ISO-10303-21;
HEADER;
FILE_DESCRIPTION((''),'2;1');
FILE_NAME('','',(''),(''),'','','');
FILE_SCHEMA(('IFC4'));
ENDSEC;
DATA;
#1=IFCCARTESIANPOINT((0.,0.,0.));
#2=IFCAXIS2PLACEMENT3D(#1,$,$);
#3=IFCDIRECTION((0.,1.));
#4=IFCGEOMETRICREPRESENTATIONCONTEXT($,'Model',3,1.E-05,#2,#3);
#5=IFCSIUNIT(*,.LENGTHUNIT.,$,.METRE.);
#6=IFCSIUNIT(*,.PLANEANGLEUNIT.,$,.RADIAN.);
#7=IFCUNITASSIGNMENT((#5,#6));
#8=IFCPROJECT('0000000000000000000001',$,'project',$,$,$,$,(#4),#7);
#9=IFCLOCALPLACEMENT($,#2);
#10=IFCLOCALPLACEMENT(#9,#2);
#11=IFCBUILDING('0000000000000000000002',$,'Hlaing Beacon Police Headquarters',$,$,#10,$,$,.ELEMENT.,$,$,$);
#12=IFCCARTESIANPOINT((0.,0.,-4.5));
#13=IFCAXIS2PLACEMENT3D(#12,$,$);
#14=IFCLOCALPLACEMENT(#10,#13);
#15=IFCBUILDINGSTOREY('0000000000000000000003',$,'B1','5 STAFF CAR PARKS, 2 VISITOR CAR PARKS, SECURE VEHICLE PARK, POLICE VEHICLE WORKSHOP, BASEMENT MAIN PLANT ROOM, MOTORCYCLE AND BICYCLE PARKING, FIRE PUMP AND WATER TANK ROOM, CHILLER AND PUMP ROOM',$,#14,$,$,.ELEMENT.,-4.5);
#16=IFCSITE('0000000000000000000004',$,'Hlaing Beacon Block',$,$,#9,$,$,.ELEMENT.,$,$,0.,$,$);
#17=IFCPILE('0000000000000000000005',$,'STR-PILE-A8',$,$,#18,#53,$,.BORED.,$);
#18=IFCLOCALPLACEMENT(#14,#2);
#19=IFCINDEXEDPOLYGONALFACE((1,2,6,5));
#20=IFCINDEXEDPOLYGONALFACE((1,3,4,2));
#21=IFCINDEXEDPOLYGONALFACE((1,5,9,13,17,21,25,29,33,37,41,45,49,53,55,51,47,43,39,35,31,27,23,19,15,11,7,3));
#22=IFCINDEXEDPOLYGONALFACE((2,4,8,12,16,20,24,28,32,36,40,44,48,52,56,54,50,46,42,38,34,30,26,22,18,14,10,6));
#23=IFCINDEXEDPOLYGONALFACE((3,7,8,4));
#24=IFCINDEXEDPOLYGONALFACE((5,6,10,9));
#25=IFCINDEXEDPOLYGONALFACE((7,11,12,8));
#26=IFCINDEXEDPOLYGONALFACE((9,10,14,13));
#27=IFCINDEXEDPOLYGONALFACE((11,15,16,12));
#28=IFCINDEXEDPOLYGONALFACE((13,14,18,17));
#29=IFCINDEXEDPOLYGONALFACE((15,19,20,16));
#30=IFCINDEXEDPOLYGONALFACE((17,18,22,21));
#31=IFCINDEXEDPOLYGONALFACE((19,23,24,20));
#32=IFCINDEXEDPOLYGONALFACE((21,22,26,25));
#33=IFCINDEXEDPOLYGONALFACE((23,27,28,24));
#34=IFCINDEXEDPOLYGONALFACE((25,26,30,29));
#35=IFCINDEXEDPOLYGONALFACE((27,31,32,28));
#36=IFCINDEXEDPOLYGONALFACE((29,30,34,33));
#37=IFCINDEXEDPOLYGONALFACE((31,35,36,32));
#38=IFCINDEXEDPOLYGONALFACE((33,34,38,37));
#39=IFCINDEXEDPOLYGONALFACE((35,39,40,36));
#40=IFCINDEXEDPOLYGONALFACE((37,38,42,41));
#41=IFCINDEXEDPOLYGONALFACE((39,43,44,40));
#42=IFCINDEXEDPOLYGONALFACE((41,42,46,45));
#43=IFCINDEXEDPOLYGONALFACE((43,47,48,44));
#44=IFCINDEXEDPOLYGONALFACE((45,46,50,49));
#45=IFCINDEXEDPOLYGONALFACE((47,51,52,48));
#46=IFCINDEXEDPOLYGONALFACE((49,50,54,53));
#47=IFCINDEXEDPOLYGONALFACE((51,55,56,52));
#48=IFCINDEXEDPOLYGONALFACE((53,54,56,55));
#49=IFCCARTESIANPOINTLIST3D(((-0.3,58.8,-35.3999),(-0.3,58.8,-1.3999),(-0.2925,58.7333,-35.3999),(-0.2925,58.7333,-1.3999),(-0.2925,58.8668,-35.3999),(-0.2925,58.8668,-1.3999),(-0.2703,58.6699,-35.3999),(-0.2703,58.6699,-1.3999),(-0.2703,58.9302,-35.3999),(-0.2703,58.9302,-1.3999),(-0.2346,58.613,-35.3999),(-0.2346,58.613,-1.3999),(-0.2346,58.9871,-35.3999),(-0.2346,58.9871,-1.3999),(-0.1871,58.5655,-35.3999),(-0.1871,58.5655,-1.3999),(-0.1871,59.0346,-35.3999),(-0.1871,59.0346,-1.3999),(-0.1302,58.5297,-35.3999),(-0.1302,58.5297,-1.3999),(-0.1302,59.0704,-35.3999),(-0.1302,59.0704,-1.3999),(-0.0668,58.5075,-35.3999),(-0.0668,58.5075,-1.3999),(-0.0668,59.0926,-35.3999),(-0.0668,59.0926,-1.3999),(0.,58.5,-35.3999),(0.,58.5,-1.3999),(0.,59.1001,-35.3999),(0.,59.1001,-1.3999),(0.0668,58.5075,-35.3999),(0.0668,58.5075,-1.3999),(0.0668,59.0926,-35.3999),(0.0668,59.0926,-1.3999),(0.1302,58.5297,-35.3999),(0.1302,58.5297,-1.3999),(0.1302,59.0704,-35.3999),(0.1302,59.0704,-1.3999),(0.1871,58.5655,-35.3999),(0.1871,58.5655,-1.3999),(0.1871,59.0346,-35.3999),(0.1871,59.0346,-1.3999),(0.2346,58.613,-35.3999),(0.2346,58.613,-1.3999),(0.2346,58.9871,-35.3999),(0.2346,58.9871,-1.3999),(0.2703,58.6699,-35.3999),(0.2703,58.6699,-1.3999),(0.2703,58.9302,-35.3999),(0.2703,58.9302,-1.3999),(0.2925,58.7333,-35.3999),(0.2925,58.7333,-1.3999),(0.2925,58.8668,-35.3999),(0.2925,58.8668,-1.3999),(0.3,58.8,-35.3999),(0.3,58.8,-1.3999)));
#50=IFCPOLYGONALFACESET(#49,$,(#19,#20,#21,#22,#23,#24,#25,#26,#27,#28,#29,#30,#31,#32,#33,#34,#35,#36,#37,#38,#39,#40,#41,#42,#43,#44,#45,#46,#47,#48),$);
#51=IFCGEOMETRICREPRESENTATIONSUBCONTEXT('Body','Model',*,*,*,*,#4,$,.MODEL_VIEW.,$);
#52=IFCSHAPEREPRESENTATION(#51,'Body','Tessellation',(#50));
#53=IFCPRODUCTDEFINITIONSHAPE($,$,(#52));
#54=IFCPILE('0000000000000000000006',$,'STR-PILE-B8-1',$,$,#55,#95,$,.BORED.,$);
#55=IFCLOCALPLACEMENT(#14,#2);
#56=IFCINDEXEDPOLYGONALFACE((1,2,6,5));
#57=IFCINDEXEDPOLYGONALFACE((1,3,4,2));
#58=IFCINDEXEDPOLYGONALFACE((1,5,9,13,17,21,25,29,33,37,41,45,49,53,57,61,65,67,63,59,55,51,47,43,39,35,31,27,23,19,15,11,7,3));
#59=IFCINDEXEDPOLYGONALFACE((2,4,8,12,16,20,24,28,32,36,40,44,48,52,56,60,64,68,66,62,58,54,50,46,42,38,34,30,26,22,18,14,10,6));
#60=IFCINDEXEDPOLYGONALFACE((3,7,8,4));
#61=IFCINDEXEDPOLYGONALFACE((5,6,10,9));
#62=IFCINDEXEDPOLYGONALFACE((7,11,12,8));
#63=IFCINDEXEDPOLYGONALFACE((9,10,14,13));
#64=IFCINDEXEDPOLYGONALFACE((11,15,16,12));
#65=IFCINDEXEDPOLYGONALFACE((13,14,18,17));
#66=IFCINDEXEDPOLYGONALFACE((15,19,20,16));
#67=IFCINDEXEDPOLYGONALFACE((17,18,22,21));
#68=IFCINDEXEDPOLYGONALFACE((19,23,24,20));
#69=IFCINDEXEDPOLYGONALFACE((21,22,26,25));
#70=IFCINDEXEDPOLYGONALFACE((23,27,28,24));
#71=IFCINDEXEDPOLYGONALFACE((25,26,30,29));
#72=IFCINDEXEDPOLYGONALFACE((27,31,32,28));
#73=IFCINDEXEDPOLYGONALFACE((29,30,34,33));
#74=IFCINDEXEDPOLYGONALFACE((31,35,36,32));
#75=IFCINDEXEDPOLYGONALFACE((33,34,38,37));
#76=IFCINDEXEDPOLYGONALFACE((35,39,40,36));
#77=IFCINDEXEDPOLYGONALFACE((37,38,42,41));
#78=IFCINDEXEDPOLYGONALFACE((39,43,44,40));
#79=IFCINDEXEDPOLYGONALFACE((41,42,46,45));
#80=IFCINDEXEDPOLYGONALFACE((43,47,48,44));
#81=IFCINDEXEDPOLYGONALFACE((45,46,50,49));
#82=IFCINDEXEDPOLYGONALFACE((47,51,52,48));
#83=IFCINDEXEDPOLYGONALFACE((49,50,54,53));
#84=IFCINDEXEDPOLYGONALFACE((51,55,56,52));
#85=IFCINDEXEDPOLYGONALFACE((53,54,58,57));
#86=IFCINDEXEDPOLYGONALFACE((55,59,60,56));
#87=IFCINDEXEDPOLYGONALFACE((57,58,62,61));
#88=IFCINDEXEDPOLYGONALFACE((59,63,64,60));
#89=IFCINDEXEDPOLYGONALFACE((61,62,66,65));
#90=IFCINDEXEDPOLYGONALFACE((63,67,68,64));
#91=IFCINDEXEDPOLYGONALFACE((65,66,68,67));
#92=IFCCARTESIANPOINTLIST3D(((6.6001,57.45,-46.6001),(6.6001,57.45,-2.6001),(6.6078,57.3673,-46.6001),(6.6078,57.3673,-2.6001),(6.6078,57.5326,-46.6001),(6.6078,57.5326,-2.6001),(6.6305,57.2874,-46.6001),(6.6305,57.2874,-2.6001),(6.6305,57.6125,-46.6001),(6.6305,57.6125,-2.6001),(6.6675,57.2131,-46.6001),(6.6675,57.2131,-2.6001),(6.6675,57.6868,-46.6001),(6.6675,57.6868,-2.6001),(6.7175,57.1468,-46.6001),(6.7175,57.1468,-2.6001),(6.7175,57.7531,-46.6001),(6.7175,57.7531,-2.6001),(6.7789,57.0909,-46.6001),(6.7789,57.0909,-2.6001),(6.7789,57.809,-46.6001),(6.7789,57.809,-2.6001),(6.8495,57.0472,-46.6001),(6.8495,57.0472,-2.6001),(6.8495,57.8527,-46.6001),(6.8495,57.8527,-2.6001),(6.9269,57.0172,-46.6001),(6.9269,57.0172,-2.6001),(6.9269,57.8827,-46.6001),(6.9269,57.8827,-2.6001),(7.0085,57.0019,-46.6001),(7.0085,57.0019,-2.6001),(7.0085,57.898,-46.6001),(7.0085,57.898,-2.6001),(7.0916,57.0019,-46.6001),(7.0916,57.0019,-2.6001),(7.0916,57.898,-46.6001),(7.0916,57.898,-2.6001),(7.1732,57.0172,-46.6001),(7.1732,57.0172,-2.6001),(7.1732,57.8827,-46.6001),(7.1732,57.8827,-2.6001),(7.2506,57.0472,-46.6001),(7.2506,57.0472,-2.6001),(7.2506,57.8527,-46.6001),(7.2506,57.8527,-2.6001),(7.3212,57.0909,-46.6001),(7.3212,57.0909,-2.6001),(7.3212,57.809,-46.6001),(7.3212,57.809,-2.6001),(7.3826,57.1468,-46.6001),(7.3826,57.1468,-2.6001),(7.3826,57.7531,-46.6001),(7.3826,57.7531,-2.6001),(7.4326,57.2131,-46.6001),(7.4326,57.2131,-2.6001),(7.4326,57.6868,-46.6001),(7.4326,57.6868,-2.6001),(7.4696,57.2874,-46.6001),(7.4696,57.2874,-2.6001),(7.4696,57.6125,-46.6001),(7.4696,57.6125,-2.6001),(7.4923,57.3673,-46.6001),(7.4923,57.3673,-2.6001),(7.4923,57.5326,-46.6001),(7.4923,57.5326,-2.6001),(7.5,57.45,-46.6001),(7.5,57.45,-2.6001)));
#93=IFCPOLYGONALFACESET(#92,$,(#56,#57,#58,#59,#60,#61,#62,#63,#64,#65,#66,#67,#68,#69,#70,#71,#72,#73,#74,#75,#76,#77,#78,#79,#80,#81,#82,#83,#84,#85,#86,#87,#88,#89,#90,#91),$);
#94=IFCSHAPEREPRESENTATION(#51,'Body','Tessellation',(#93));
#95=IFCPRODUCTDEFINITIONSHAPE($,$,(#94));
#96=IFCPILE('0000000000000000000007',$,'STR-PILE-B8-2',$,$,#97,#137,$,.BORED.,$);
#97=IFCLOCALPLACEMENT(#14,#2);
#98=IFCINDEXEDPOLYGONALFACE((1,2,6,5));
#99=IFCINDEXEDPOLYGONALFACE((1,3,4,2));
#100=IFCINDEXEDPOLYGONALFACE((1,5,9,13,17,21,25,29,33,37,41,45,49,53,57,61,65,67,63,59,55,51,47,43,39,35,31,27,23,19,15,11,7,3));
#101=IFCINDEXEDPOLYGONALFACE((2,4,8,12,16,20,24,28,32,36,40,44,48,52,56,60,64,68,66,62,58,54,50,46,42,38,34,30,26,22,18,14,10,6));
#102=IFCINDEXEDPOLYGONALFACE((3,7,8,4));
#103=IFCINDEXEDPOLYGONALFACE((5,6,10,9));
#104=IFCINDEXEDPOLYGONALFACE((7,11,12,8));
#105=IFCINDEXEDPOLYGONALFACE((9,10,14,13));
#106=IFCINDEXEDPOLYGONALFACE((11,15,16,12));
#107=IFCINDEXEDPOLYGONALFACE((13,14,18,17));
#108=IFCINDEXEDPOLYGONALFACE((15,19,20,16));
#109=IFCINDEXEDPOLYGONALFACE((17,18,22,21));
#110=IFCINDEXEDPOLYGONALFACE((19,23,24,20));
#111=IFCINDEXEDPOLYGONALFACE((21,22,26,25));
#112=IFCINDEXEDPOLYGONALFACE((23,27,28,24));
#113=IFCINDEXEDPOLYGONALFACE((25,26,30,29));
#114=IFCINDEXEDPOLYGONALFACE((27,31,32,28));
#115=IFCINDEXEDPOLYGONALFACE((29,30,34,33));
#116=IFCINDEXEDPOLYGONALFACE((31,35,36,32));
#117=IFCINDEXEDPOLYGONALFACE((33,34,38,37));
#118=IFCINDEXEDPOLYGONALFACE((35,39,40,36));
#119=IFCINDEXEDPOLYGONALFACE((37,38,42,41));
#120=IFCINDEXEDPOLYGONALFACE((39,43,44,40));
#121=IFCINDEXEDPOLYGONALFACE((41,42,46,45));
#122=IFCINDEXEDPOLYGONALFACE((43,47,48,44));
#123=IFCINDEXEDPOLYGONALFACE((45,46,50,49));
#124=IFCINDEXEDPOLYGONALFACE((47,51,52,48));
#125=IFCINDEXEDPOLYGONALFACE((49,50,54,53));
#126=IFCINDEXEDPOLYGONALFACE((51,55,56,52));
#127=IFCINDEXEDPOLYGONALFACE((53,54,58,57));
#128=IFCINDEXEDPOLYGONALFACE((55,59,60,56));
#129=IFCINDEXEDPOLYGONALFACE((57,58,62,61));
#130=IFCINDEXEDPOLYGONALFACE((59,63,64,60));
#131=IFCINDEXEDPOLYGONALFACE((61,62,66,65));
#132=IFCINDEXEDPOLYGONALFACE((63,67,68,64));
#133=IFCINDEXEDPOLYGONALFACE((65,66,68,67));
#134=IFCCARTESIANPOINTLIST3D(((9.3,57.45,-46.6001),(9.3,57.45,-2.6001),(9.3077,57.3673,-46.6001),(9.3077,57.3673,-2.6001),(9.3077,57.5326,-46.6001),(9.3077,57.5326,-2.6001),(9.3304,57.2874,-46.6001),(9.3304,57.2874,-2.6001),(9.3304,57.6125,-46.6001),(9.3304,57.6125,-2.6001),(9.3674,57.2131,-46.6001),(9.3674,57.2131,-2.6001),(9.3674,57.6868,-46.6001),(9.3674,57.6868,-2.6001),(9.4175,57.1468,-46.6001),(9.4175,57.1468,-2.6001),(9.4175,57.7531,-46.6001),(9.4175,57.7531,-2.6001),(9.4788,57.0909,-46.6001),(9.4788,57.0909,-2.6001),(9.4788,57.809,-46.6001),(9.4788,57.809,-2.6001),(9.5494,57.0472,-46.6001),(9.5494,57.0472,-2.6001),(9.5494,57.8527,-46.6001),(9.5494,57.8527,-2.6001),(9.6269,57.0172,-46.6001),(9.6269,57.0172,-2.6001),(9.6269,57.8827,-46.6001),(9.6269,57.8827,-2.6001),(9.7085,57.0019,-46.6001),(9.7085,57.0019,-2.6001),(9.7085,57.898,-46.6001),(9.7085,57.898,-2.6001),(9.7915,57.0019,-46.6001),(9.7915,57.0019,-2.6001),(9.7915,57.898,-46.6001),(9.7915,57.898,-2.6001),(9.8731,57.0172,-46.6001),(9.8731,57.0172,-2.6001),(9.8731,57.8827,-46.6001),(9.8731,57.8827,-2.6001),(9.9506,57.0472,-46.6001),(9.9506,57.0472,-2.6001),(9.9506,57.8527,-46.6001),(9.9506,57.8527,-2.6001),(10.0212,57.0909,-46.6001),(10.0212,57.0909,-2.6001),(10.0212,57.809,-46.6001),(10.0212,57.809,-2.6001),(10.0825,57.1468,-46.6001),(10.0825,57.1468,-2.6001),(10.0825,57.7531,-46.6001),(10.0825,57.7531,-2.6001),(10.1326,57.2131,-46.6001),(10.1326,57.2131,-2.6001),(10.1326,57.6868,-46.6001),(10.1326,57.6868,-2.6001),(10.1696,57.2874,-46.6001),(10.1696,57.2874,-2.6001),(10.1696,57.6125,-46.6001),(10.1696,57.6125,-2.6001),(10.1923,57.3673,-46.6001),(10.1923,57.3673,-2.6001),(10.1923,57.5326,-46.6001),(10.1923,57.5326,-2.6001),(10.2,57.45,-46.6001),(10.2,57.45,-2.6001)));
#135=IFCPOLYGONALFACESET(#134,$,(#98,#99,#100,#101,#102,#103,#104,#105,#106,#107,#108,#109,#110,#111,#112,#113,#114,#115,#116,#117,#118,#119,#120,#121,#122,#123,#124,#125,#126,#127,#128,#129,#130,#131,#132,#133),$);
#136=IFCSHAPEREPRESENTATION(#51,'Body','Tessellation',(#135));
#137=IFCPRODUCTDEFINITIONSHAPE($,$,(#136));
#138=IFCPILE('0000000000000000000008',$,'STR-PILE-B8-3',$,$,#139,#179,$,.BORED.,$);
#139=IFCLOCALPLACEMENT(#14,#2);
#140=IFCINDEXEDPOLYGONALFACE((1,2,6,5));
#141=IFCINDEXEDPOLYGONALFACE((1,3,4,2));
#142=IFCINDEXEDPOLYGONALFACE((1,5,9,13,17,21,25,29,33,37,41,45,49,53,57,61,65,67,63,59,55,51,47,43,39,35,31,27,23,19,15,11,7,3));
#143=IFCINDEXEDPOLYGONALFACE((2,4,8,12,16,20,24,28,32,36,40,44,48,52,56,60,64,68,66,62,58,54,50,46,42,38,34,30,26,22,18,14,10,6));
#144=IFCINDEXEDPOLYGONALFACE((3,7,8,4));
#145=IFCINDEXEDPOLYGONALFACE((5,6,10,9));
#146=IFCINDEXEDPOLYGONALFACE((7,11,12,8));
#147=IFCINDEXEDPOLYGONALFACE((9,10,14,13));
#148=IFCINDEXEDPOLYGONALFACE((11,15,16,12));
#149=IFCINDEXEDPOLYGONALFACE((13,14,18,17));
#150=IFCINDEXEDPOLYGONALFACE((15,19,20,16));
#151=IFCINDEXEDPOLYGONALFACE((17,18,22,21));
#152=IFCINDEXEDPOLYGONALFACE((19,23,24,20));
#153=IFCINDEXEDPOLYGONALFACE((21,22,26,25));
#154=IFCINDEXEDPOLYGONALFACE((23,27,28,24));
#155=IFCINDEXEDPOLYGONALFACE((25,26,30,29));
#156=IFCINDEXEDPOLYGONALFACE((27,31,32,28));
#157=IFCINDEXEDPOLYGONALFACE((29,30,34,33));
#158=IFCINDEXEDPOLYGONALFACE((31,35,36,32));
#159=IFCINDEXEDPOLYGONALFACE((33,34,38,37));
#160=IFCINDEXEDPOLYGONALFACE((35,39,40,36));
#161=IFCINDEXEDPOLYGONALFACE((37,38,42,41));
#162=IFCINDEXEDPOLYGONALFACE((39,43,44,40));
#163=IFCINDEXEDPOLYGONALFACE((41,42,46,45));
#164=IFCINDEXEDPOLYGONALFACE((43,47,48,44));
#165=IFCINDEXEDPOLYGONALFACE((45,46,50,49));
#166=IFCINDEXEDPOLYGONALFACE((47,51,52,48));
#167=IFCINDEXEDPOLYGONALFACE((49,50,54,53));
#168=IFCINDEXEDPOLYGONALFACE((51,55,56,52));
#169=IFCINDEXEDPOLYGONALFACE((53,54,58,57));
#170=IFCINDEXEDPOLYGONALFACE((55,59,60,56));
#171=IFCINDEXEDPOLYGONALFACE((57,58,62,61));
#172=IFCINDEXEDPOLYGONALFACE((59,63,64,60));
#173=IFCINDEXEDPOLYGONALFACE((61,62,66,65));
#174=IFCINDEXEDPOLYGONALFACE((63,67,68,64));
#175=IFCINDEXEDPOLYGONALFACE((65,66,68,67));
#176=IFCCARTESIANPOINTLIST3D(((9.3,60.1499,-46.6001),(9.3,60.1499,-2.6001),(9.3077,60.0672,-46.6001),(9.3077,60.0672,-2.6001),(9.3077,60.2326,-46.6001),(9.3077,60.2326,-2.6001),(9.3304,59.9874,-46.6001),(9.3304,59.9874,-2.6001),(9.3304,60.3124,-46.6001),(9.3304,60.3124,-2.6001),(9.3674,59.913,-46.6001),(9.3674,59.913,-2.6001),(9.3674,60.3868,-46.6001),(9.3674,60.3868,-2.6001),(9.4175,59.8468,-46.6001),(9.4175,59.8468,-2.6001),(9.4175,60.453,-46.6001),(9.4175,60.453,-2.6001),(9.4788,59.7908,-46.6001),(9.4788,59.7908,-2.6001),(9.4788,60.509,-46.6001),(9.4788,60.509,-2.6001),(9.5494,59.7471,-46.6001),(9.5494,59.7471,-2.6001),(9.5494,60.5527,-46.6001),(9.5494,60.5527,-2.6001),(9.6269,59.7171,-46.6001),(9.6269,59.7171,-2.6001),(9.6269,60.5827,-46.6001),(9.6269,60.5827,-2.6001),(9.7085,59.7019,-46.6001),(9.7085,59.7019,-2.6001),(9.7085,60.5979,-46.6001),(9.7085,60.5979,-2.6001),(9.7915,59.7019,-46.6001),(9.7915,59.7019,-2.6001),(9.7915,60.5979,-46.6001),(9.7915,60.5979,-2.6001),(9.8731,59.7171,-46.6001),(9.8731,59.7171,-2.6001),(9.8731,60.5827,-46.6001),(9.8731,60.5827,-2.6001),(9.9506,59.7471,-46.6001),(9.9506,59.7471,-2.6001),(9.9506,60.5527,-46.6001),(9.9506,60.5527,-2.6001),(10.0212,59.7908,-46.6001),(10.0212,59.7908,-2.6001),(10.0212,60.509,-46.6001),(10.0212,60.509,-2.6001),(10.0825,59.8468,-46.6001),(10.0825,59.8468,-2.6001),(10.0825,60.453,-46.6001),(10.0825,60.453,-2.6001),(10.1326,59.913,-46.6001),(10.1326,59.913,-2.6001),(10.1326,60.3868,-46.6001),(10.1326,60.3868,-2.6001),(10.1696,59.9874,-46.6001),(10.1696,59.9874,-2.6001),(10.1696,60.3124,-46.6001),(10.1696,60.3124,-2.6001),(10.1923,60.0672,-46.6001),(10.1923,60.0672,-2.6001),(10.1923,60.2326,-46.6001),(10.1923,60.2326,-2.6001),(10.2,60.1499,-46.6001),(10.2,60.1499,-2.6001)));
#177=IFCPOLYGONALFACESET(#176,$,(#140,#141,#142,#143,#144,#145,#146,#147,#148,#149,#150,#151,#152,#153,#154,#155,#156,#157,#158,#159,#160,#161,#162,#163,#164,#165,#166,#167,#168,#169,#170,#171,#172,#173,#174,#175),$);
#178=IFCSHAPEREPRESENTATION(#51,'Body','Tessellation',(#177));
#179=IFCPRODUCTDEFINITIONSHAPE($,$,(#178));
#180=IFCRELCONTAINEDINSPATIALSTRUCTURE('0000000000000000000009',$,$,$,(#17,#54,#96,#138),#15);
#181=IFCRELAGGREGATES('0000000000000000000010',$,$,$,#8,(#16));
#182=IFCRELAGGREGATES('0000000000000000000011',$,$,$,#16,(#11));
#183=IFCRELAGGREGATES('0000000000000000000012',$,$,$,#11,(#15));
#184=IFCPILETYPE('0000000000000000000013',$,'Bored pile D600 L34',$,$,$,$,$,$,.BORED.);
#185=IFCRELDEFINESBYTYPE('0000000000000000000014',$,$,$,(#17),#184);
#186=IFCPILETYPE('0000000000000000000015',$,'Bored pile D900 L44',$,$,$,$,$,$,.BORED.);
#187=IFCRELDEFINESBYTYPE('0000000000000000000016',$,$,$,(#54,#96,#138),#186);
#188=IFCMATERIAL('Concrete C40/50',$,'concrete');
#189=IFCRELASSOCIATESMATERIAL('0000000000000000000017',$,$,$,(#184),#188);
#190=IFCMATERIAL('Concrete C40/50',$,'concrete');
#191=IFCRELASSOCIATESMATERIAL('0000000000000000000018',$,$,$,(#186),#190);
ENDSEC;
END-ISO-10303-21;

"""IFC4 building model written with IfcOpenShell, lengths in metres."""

from ifc_helpers import new_model, si_unit, direction, frame, origin, origin_2d, place, context, subcontext, project, spatial, circle, extrude, material, material_profile, profile_set, type_object, element, save


model = new_model("IFC4")

# Units and contexts
model_context = context("Model", 3, precision=1e-05, world=origin(), true_north=direction((0.0, 1.0)))
body_context = subcontext(model_context, "Body", "Model", "MODEL_VIEW")
ifc_project = project(units=[si_unit("LENGTHUNIT", "METRE"), si_unit("PLANEANGLEUNIT", "RADIAN")], contexts=[model_context])

# Site, building, storey
site_placement = place(None, origin())
site = spatial("IfcSite", under=ifc_project, at=site_placement, Name="Hlaing Beacon Block", CompositionType="ELEMENT", RefElevation=0.0)
building_placement = place(site_placement, origin())
building = spatial("IfcBuilding", under=site, at=building_placement, Name="Hlaing Beacon Police Headquarters", CompositionType="ELEMENT")
storey_placement = place(building_placement, frame((0.0, 0.0, -4.5)))
storey = spatial("IfcBuildingStorey", under=building, at=storey_placement, Name="B1", Description="5 STAFF CAR PARKS, 2 VISITOR CAR PARKS, SECURE VEHICLE PARK, POLICE VEHICLE WORKSHOP, BASEMENT MAIN PLANT ROOM, MOTORCYCLE AND BICYCLE PARKING, FIRE PUMP AND WATER TANK ROOM, CHILLER AND PUMP ROOM", CompositionType="ELEMENT", Elevation=-4.5)

# Piles
ifc_material_1 = material(Name="Concrete C40/50", Category="concrete")
ifc_material_profile_1 = material_profile(ifc_material_1, circle(Radius=0.3, at=origin_2d()), Name="D600")
ifc_profile_set_1 = profile_set([ifc_material_profile_1], Name="Concrete C40/50")
pile_type_1 = type_object("IfcPileType", Name="Bored pile D600 L34", PredefinedType="BORED", material=ifc_profile_set_1)
pile_placement = place(storey_placement, frame((0.0, 58.8, -1.3999), z_axis=(0.0, 0.0, -1.0), x_axis=(1.0, 0.0, 0.0)))
element("IfcPile", 1, at=pile_placement, inside=storey, type_object=pile_type_1, Name="STR-PILE-A8", PredefinedType="BORED", context=body_context, shape_type="SweptSolid", body=[
    extrude(circle(Radius=0.3, at=origin_2d()), origin(), (0.0, 0.0, 1.0), 34.0),
])
ifc_material_2 = material(Name="Concrete C40/50", Category="concrete")
ifc_material_profile_2 = material_profile(ifc_material_2, circle(Radius=0.45, at=origin_2d()), Name="D900")
ifc_profile_set_2 = profile_set([ifc_material_profile_2], Name="Concrete C40/50")
pile_type_2 = type_object("IfcPileType", Name="Bored pile D900 L44", PredefinedType="BORED", material=ifc_profile_set_2)
for number, where, z_axis, x_axis, name in (
    (2, (7.05, 57.45, -2.6001), (0.0, 0.0, -1.0), (1.0, 0.0, 0.0), "STR-PILE-B8-1"),
    (3, (9.75, 57.45, -2.6001), (0.0, 0.0, -1.0), (1.0, 0.0, 0.0), "STR-PILE-B8-2"),
    (4, (9.75, 60.1499, -2.6001), (0.0, 0.0, -1.0), (1.0, 0.0, 0.0), "STR-PILE-B8-3"),
):
    element("IfcPile", number, at=place(storey_placement, frame(where, z_axis=z_axis, x_axis=x_axis)), inside=storey, type_object=pile_type_2, Name=name, PredefinedType="BORED", context=body_context, shape_type="SweptSolid", body=[
        extrude(circle(Radius=0.45, at=origin_2d()), origin(), (0.0, 0.0, 1.0), 44.0),
    ])

save(model, "model.ifc")
